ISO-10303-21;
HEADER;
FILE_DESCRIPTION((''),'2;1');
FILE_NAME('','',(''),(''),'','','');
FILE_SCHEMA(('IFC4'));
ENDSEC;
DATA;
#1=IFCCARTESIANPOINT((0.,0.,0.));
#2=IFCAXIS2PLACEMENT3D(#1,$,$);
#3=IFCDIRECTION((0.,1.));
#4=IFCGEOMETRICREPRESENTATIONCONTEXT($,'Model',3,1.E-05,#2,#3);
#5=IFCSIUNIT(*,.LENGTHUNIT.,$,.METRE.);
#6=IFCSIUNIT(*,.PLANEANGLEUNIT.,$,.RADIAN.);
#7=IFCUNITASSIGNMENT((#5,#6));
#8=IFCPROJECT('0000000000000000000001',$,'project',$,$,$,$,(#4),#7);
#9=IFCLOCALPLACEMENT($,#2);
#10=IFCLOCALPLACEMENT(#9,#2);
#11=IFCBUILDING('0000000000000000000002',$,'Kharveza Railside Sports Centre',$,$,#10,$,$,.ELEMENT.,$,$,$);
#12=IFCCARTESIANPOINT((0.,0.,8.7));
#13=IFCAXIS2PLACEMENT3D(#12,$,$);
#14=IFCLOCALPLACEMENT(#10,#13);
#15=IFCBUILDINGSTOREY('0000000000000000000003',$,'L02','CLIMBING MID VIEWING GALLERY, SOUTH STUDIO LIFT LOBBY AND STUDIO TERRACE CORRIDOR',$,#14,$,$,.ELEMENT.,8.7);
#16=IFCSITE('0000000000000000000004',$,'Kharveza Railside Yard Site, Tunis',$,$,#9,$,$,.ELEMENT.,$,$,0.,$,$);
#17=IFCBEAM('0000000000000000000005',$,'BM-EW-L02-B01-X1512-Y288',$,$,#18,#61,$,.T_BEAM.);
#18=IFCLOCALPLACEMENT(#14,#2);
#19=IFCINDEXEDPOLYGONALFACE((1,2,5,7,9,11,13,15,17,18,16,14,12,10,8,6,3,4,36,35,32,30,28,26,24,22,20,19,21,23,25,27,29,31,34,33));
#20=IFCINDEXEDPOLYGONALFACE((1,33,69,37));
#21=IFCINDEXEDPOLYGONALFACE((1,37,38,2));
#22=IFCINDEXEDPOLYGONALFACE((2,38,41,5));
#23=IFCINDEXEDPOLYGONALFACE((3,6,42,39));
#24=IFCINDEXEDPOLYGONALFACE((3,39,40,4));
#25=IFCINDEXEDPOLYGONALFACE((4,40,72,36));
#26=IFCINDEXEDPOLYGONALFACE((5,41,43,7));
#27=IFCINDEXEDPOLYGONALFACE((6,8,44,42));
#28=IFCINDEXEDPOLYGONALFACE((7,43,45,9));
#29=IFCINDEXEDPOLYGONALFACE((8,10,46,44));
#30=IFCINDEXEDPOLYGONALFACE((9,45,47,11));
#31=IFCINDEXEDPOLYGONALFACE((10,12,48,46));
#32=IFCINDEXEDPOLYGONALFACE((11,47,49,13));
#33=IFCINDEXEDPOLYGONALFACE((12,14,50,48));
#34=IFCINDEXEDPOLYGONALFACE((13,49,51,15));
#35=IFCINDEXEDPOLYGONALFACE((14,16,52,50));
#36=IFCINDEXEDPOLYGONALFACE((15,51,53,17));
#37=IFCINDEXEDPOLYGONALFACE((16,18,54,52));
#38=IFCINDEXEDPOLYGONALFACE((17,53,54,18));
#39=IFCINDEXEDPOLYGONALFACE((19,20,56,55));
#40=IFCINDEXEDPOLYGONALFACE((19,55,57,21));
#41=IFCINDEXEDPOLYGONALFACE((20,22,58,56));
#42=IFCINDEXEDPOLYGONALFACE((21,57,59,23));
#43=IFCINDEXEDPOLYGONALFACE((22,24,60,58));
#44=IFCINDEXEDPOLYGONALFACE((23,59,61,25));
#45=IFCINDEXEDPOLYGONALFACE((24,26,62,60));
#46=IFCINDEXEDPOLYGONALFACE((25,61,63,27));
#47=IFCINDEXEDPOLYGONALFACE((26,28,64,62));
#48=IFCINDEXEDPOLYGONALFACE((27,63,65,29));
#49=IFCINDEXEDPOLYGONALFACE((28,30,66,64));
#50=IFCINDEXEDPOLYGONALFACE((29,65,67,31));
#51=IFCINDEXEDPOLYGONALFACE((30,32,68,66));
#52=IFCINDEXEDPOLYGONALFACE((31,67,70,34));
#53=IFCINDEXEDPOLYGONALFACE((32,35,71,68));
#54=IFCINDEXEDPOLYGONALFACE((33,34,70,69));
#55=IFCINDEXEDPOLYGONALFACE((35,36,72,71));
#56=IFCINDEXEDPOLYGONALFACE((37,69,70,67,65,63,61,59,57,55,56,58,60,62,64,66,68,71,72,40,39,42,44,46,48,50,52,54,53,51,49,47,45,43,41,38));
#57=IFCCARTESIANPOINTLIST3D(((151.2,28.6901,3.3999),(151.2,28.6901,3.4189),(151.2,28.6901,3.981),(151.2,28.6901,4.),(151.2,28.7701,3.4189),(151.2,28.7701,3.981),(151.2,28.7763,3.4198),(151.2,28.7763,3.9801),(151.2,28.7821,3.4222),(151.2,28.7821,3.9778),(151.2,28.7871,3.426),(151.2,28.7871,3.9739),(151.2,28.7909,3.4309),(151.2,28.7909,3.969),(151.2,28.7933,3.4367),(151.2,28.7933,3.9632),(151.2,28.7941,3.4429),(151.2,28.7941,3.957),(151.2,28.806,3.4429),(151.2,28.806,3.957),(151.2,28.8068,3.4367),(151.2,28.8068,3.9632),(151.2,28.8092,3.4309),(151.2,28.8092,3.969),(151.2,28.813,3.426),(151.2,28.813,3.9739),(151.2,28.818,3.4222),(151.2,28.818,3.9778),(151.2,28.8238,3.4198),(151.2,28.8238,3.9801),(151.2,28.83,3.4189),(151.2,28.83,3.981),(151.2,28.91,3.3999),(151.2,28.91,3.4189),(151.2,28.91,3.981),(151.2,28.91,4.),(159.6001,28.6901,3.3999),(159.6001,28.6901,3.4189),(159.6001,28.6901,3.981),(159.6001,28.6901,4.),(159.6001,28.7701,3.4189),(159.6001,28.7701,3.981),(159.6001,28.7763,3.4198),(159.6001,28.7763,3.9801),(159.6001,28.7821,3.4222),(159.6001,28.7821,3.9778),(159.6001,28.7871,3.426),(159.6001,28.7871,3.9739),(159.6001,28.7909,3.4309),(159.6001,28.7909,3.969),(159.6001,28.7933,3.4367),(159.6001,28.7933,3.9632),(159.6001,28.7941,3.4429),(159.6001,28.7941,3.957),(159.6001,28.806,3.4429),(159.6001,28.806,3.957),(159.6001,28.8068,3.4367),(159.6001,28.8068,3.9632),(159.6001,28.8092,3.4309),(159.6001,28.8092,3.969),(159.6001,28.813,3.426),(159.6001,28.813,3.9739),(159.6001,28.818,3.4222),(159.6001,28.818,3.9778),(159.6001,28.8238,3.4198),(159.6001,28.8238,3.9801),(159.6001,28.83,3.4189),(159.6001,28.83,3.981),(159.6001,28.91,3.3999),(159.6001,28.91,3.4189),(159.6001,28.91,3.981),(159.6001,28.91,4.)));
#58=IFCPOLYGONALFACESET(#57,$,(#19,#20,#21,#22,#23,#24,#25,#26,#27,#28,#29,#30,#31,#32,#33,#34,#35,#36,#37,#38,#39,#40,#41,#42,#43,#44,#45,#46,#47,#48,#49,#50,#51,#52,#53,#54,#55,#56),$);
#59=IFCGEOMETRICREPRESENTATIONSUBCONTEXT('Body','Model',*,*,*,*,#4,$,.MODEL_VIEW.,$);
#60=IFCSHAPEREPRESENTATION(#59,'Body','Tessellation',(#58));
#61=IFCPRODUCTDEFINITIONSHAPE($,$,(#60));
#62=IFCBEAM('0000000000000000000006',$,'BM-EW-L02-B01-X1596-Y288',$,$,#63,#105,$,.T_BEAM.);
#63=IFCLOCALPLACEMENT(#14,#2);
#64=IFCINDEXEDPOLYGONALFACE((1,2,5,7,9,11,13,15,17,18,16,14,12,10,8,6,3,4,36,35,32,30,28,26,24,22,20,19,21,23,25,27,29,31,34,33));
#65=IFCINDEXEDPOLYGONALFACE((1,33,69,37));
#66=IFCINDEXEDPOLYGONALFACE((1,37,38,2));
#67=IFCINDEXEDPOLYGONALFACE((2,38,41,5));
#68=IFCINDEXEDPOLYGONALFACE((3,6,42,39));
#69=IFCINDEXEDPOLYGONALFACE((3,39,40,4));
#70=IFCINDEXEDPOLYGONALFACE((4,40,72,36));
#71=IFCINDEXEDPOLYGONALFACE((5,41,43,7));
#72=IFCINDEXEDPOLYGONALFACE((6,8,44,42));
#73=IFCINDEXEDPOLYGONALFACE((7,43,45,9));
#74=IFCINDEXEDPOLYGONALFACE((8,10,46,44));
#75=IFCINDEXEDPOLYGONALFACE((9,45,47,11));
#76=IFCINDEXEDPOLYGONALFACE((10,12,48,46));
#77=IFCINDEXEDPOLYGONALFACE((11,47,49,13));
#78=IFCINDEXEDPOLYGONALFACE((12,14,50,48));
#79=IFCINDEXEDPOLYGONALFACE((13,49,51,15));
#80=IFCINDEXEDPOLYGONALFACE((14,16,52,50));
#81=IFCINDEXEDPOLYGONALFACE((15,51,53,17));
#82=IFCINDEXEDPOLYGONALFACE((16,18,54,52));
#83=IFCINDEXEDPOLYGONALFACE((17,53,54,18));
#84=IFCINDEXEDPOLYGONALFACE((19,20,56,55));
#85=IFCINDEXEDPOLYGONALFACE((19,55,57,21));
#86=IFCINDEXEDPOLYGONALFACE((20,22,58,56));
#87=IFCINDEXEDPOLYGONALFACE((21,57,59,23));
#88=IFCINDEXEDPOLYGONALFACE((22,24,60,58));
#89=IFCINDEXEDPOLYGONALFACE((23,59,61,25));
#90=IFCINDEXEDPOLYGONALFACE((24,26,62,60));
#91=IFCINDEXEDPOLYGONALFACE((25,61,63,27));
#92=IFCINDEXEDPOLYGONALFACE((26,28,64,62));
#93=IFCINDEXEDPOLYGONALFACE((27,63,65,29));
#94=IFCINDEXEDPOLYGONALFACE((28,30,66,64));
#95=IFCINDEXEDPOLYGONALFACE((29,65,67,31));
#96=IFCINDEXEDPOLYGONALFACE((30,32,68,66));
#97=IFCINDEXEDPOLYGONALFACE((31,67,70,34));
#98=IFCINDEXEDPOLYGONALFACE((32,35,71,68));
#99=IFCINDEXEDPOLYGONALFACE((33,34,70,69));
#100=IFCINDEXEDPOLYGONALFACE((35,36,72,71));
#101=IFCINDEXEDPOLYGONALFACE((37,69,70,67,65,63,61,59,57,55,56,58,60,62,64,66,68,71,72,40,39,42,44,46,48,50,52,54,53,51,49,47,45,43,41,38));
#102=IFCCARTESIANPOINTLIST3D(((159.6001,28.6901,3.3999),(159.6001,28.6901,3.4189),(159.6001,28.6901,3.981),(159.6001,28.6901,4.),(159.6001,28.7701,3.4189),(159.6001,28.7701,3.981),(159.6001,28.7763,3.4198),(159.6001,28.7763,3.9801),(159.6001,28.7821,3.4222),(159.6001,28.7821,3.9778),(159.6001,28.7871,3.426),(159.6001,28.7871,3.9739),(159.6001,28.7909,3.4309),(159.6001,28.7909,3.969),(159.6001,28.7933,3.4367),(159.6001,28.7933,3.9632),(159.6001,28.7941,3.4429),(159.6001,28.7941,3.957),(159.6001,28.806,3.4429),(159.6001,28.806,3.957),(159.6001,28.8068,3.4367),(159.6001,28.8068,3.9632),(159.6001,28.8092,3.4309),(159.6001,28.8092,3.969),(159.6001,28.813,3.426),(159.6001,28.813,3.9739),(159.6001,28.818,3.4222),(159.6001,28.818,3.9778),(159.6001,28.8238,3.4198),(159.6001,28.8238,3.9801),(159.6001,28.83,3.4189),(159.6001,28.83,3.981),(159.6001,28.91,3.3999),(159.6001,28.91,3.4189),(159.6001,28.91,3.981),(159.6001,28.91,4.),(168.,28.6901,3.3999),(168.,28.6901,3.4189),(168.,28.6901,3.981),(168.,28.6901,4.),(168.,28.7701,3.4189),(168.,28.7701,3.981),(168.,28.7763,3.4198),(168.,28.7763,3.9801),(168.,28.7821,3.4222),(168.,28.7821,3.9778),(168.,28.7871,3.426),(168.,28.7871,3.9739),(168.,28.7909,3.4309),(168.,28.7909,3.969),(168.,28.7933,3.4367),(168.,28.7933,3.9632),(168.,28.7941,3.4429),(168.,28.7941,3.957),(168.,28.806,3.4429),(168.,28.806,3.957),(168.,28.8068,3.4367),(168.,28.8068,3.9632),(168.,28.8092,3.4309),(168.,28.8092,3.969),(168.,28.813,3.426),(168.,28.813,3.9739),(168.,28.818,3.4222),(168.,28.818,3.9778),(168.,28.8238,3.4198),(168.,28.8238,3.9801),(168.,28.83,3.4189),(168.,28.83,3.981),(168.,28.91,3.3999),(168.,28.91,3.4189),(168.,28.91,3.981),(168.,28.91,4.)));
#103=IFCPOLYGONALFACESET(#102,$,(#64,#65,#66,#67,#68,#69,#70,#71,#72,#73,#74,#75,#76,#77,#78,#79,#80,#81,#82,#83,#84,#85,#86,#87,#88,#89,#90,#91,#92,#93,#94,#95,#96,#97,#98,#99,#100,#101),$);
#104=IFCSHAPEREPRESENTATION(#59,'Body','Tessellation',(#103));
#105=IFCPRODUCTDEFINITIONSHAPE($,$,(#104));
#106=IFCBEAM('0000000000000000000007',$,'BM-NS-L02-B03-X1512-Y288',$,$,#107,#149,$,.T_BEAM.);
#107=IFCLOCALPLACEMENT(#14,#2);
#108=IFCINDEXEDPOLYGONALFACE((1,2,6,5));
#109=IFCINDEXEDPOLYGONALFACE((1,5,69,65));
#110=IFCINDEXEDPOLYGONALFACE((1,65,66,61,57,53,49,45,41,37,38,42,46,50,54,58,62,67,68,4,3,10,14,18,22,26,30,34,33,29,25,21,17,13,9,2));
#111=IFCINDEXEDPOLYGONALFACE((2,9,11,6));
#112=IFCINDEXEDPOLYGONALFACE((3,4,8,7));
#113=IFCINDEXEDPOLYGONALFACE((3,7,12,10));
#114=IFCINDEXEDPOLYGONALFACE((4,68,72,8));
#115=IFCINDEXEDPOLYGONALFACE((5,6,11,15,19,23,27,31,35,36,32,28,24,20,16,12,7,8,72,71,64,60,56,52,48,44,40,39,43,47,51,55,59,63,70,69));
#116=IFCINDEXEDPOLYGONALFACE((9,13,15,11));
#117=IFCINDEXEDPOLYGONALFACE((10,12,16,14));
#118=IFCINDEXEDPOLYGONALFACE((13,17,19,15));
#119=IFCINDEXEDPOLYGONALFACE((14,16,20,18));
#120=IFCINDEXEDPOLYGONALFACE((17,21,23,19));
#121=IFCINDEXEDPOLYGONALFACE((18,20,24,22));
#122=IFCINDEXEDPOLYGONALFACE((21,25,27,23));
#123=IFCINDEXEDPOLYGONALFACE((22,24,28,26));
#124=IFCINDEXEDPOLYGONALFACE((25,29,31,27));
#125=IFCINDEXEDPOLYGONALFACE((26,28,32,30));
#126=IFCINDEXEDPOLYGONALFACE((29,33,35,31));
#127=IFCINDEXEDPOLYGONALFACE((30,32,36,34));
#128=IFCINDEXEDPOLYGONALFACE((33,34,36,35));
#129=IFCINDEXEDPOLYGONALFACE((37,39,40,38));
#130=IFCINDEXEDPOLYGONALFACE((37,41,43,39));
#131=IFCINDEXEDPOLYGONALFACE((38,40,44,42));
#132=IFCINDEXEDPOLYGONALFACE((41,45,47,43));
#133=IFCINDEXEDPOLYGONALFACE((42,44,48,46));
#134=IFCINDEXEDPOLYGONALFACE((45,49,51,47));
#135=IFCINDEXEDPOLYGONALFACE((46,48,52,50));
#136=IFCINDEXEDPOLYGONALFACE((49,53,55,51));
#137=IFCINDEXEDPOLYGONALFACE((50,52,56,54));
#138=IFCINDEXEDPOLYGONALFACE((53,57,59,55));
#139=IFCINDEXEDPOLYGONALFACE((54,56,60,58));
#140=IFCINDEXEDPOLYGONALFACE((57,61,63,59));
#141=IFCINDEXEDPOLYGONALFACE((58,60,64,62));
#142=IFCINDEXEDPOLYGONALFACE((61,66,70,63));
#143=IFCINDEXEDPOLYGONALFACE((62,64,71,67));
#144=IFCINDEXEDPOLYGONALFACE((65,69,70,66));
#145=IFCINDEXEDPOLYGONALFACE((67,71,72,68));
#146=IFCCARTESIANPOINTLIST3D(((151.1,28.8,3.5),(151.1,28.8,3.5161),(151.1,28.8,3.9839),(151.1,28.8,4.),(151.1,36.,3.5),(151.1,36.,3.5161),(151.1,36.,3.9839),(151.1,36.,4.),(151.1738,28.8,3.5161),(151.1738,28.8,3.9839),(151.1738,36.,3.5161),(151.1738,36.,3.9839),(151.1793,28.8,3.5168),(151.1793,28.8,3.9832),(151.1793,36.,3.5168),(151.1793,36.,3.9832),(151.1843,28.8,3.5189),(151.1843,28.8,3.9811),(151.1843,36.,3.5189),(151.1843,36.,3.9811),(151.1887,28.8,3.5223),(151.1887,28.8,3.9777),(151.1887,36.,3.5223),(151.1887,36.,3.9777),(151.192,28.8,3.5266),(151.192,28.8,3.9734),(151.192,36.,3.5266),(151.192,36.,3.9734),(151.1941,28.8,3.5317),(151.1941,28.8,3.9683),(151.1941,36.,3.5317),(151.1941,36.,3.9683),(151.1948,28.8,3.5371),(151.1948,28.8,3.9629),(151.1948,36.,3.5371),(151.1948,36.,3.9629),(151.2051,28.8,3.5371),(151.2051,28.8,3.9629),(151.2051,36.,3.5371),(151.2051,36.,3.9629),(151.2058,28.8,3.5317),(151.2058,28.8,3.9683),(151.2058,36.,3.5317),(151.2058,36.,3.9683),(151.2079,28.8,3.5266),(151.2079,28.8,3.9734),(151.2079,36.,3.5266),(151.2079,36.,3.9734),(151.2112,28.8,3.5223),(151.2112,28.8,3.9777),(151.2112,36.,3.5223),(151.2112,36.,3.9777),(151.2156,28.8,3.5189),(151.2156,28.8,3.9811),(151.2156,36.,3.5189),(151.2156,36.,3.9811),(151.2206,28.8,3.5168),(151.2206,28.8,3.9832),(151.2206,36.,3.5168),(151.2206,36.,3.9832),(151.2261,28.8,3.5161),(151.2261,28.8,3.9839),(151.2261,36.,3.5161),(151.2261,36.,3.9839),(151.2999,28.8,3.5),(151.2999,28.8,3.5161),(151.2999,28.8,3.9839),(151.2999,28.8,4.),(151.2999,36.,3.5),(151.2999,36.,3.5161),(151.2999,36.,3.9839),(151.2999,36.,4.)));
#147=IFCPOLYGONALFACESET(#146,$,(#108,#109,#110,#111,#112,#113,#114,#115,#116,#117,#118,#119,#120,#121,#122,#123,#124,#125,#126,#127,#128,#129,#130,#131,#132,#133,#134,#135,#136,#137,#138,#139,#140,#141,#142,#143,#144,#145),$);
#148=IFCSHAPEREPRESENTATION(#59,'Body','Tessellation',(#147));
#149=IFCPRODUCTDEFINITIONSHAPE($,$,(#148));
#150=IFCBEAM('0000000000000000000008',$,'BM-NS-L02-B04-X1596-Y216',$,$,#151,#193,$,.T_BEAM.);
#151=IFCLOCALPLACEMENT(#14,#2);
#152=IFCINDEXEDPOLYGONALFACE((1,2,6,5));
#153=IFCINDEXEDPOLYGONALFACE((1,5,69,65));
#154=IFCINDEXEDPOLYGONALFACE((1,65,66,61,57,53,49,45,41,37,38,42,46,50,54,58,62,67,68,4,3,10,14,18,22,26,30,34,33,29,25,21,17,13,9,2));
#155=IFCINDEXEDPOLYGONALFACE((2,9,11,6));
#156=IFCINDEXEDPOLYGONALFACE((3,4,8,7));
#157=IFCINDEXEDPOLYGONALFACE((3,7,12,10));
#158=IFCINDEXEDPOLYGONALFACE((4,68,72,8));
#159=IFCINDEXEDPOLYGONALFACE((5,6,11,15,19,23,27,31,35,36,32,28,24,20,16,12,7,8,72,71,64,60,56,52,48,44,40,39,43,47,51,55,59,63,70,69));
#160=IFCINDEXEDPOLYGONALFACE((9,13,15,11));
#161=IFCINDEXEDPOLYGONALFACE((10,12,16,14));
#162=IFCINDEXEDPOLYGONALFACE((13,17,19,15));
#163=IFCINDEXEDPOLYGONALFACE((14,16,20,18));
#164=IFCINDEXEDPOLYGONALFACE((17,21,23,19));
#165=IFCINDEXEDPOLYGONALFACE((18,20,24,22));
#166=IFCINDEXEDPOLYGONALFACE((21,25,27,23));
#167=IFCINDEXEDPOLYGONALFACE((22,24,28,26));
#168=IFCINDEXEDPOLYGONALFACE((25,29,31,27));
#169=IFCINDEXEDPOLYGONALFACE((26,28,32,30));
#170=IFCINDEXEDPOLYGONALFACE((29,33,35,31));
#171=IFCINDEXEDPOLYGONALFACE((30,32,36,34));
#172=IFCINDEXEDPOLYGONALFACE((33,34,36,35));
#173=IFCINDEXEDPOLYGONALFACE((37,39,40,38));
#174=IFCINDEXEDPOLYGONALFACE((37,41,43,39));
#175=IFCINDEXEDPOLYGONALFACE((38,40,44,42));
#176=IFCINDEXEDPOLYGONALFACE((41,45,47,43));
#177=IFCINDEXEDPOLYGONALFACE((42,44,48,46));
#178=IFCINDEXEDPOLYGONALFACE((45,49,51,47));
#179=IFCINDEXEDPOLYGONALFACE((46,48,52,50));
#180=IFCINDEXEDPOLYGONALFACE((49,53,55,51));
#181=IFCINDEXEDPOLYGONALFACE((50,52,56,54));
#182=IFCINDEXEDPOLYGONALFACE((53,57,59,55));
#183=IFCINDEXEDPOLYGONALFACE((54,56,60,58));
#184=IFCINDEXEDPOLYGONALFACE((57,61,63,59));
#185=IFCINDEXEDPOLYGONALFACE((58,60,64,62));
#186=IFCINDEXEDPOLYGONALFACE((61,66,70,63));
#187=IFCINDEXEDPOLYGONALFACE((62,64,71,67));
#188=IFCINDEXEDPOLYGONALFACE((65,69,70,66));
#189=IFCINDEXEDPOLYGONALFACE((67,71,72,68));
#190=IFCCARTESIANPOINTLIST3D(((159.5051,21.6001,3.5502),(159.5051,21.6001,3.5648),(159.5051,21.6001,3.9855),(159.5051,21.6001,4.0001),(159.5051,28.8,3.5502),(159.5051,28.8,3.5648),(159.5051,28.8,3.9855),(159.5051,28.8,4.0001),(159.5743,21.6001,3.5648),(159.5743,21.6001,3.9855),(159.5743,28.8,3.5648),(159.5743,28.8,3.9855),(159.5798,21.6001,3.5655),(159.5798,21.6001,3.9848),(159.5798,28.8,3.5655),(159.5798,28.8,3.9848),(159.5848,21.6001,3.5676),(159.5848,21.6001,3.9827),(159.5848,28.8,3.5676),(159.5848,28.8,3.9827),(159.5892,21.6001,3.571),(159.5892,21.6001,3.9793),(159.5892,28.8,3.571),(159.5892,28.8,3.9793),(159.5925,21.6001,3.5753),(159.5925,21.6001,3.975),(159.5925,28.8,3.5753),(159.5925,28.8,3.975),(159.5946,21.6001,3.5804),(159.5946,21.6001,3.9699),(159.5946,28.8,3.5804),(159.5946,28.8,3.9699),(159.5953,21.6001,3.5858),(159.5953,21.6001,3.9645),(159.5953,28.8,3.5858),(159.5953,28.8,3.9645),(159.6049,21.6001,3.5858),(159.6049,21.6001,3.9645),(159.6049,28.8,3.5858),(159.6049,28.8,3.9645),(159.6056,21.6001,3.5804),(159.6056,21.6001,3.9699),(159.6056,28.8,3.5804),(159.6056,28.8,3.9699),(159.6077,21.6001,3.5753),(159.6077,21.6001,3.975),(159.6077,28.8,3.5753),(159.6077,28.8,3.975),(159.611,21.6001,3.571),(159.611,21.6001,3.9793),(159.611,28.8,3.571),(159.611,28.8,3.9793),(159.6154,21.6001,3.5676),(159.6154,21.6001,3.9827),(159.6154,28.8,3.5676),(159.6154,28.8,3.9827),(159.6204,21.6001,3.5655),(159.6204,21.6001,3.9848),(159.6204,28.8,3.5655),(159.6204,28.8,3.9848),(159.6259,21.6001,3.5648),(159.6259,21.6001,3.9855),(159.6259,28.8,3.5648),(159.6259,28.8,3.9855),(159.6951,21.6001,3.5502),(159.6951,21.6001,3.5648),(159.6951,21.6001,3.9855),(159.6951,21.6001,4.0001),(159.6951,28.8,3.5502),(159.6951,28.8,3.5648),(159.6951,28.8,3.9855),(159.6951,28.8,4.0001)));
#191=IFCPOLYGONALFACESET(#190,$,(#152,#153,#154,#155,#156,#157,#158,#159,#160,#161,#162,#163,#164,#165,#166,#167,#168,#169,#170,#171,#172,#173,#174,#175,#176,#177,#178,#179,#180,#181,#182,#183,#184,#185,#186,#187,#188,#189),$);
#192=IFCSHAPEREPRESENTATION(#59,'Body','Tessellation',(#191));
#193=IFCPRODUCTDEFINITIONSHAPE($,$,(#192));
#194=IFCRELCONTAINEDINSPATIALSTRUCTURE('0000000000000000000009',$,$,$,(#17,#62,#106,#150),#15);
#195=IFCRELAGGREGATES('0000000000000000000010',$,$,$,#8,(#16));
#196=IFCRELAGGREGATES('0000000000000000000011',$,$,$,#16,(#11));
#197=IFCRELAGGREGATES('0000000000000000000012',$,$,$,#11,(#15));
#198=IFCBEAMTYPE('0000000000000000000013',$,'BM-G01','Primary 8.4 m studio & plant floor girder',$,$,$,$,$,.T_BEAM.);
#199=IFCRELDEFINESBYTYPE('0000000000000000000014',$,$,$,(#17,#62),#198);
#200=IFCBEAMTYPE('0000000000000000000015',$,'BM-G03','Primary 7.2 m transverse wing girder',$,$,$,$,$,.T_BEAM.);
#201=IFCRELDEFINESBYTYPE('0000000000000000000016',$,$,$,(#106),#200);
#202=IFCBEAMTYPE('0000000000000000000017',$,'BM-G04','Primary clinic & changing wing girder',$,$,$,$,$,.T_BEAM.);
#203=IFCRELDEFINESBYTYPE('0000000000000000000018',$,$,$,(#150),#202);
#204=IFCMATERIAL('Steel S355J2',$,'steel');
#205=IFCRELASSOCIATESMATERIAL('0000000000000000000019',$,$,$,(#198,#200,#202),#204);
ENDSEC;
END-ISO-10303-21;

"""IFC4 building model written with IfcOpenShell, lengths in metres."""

from ifc_helpers import new_model, si_unit, direction, frame, origin, origin_2d, place, context, subcontext, project, spatial, i_section, extrude, material, material_profile, profile_set, type_object, element, save


model = new_model("IFC4")

# Units and contexts
model_context = context("Model", 3, precision=1e-05, world=origin(), true_north=direction((0.0, 1.0)))
body_context = subcontext(model_context, "Body", "Model", "MODEL_VIEW")
ifc_project = project(units=[si_unit("LENGTHUNIT", "METRE"), si_unit("PLANEANGLEUNIT", "RADIAN")], contexts=[model_context])

# Site, building, storey
site_placement = place(None, origin())
site = spatial("IfcSite", under=ifc_project, at=site_placement, Name="Kharveza Railside Yard Site, Tunis", CompositionType="ELEMENT", RefElevation=0.0)
building_placement = place(site_placement, origin())
building = spatial("IfcBuilding", under=site, at=building_placement, Name="Kharveza Railside Sports Centre", CompositionType="ELEMENT")
storey_placement = place(building_placement, frame((0.0, 0.0, 8.7)))
storey = spatial("IfcBuildingStorey", under=building, at=storey_placement, Name="L02", Description="CLIMBING MID VIEWING GALLERY, SOUTH STUDIO LIFT LOBBY AND STUDIO TERRACE CORRIDOR", CompositionType="ELEMENT", Elevation=8.7)

# Shared definitions
ifc_material_1 = material(Name="Steel S355J2", Category="steel")

# Beams
ifc_material_profile_1 = material_profile(ifc_material_1, i_section(OverallWidth=0.22, OverallDepth=0.6001, WebThickness=0.012, FlangeThickness=0.019, FilletRadius=0.0239, at=origin_2d()), Name="IPE 600")
ifc_profile_set_1 = profile_set([ifc_material_profile_1], Name="Steel S355J2")
beam_type_1 = type_object("IfcBeamType", Name="BM-G01", Description="Primary 8.4 m studio & plant floor girder", PredefinedType="T_BEAM", material=ifc_profile_set_1)
beam_1_placement = place(storey_placement, frame((151.2, 28.8, 3.7), z_axis=(1.0, 0.0, 0.0), x_axis=(0.0, 1.0, 0.0)))
element("IfcBeam", 1, at=beam_1_placement, inside=storey, type_object=beam_type_1, Name="BM-EW-L02-B01-X1512-Y288", PredefinedType="T_BEAM", context=body_context, shape_type="SweptSolid", body=[
    extrude(i_section(OverallWidth=0.22, OverallDepth=0.6001, WebThickness=0.012, FlangeThickness=0.019, FilletRadius=0.0239, at=origin_2d()), origin(), (0.0, 0.0, 1.0), 8.4001),
])
beam_2_placement = place(storey_placement, frame((159.6001, 28.8, 3.7), z_axis=(1.0, 0.0, 0.0), x_axis=(0.0, 1.0, 0.0)))
element("IfcBeam", 2, at=beam_2_placement, inside=storey, type_object=beam_type_1, Name="BM-EW-L02-B01-X1596-Y288", PredefinedType="T_BEAM", context=body_context, shape_type="SweptSolid", body=[
    extrude(i_section(OverallWidth=0.22, OverallDepth=0.6001, WebThickness=0.012, FlangeThickness=0.019, FilletRadius=0.0239, at=origin_2d()), origin(), (0.0, 0.0, 1.0), 8.3999),
])
ifc_material_profile_2 = material_profile(ifc_material_1, i_section(OverallWidth=0.2, OverallDepth=0.5, WebThickness=0.0103, FlangeThickness=0.0161, FilletRadius=0.021, at=origin_2d()), Name="IPE 500")
ifc_profile_set_2 = profile_set([ifc_material_profile_2], Name="Steel S355J2")
beam_type_2 = type_object("IfcBeamType", Name="BM-G03", Description="Primary 7.2 m transverse wing girder", PredefinedType="T_BEAM", material=ifc_profile_set_2)
beam_3_placement = place(storey_placement, frame((151.2, 28.8, 3.75), z_axis=(0.0, 1.0, 0.0), x_axis=(-1.0, 0.0, 0.0)))
element("IfcBeam", 3, at=beam_3_placement, inside=storey, type_object=beam_type_2, Name="BM-NS-L02-B03-X1512-Y288", PredefinedType="T_BEAM", context=body_context, shape_type="SweptSolid", body=[
    extrude(i_section(OverallWidth=0.2, OverallDepth=0.5, WebThickness=0.0103, FlangeThickness=0.0161, FilletRadius=0.021, at=origin_2d()), origin(), (0.0, 0.0, 1.0), 7.2),
])
ifc_material_profile_3 = material_profile(ifc_material_1, i_section(OverallWidth=0.1899, OverallDepth=0.45, WebThickness=0.0095, FlangeThickness=0.0146, FilletRadius=0.021, at=origin_2d()), Name="IPE 450")
ifc_profile_set_3 = profile_set([ifc_material_profile_3], Name="Steel S355J2")
beam_type_3 = type_object("IfcBeamType", Name="BM-G04", Description="Primary clinic & changing wing girder", PredefinedType="T_BEAM", material=ifc_profile_set_3)
beam_4_placement = place(storey_placement, frame((159.6001, 21.6001, 3.7751), z_axis=(0.0, 1.0, 0.0), x_axis=(-1.0, 0.0, 0.0)))
element("IfcBeam", 4, at=beam_4_placement, inside=storey, type_object=beam_type_3, Name="BM-NS-L02-B04-X1596-Y216", PredefinedType="T_BEAM", context=body_context, shape_type="SweptSolid", body=[
    extrude(i_section(OverallWidth=0.1899, OverallDepth=0.45, WebThickness=0.0095, FlangeThickness=0.0146, FilletRadius=0.021, at=origin_2d()), origin(), (0.0, 0.0, 1.0), 7.2),
])

save(model, "model.ifc")
